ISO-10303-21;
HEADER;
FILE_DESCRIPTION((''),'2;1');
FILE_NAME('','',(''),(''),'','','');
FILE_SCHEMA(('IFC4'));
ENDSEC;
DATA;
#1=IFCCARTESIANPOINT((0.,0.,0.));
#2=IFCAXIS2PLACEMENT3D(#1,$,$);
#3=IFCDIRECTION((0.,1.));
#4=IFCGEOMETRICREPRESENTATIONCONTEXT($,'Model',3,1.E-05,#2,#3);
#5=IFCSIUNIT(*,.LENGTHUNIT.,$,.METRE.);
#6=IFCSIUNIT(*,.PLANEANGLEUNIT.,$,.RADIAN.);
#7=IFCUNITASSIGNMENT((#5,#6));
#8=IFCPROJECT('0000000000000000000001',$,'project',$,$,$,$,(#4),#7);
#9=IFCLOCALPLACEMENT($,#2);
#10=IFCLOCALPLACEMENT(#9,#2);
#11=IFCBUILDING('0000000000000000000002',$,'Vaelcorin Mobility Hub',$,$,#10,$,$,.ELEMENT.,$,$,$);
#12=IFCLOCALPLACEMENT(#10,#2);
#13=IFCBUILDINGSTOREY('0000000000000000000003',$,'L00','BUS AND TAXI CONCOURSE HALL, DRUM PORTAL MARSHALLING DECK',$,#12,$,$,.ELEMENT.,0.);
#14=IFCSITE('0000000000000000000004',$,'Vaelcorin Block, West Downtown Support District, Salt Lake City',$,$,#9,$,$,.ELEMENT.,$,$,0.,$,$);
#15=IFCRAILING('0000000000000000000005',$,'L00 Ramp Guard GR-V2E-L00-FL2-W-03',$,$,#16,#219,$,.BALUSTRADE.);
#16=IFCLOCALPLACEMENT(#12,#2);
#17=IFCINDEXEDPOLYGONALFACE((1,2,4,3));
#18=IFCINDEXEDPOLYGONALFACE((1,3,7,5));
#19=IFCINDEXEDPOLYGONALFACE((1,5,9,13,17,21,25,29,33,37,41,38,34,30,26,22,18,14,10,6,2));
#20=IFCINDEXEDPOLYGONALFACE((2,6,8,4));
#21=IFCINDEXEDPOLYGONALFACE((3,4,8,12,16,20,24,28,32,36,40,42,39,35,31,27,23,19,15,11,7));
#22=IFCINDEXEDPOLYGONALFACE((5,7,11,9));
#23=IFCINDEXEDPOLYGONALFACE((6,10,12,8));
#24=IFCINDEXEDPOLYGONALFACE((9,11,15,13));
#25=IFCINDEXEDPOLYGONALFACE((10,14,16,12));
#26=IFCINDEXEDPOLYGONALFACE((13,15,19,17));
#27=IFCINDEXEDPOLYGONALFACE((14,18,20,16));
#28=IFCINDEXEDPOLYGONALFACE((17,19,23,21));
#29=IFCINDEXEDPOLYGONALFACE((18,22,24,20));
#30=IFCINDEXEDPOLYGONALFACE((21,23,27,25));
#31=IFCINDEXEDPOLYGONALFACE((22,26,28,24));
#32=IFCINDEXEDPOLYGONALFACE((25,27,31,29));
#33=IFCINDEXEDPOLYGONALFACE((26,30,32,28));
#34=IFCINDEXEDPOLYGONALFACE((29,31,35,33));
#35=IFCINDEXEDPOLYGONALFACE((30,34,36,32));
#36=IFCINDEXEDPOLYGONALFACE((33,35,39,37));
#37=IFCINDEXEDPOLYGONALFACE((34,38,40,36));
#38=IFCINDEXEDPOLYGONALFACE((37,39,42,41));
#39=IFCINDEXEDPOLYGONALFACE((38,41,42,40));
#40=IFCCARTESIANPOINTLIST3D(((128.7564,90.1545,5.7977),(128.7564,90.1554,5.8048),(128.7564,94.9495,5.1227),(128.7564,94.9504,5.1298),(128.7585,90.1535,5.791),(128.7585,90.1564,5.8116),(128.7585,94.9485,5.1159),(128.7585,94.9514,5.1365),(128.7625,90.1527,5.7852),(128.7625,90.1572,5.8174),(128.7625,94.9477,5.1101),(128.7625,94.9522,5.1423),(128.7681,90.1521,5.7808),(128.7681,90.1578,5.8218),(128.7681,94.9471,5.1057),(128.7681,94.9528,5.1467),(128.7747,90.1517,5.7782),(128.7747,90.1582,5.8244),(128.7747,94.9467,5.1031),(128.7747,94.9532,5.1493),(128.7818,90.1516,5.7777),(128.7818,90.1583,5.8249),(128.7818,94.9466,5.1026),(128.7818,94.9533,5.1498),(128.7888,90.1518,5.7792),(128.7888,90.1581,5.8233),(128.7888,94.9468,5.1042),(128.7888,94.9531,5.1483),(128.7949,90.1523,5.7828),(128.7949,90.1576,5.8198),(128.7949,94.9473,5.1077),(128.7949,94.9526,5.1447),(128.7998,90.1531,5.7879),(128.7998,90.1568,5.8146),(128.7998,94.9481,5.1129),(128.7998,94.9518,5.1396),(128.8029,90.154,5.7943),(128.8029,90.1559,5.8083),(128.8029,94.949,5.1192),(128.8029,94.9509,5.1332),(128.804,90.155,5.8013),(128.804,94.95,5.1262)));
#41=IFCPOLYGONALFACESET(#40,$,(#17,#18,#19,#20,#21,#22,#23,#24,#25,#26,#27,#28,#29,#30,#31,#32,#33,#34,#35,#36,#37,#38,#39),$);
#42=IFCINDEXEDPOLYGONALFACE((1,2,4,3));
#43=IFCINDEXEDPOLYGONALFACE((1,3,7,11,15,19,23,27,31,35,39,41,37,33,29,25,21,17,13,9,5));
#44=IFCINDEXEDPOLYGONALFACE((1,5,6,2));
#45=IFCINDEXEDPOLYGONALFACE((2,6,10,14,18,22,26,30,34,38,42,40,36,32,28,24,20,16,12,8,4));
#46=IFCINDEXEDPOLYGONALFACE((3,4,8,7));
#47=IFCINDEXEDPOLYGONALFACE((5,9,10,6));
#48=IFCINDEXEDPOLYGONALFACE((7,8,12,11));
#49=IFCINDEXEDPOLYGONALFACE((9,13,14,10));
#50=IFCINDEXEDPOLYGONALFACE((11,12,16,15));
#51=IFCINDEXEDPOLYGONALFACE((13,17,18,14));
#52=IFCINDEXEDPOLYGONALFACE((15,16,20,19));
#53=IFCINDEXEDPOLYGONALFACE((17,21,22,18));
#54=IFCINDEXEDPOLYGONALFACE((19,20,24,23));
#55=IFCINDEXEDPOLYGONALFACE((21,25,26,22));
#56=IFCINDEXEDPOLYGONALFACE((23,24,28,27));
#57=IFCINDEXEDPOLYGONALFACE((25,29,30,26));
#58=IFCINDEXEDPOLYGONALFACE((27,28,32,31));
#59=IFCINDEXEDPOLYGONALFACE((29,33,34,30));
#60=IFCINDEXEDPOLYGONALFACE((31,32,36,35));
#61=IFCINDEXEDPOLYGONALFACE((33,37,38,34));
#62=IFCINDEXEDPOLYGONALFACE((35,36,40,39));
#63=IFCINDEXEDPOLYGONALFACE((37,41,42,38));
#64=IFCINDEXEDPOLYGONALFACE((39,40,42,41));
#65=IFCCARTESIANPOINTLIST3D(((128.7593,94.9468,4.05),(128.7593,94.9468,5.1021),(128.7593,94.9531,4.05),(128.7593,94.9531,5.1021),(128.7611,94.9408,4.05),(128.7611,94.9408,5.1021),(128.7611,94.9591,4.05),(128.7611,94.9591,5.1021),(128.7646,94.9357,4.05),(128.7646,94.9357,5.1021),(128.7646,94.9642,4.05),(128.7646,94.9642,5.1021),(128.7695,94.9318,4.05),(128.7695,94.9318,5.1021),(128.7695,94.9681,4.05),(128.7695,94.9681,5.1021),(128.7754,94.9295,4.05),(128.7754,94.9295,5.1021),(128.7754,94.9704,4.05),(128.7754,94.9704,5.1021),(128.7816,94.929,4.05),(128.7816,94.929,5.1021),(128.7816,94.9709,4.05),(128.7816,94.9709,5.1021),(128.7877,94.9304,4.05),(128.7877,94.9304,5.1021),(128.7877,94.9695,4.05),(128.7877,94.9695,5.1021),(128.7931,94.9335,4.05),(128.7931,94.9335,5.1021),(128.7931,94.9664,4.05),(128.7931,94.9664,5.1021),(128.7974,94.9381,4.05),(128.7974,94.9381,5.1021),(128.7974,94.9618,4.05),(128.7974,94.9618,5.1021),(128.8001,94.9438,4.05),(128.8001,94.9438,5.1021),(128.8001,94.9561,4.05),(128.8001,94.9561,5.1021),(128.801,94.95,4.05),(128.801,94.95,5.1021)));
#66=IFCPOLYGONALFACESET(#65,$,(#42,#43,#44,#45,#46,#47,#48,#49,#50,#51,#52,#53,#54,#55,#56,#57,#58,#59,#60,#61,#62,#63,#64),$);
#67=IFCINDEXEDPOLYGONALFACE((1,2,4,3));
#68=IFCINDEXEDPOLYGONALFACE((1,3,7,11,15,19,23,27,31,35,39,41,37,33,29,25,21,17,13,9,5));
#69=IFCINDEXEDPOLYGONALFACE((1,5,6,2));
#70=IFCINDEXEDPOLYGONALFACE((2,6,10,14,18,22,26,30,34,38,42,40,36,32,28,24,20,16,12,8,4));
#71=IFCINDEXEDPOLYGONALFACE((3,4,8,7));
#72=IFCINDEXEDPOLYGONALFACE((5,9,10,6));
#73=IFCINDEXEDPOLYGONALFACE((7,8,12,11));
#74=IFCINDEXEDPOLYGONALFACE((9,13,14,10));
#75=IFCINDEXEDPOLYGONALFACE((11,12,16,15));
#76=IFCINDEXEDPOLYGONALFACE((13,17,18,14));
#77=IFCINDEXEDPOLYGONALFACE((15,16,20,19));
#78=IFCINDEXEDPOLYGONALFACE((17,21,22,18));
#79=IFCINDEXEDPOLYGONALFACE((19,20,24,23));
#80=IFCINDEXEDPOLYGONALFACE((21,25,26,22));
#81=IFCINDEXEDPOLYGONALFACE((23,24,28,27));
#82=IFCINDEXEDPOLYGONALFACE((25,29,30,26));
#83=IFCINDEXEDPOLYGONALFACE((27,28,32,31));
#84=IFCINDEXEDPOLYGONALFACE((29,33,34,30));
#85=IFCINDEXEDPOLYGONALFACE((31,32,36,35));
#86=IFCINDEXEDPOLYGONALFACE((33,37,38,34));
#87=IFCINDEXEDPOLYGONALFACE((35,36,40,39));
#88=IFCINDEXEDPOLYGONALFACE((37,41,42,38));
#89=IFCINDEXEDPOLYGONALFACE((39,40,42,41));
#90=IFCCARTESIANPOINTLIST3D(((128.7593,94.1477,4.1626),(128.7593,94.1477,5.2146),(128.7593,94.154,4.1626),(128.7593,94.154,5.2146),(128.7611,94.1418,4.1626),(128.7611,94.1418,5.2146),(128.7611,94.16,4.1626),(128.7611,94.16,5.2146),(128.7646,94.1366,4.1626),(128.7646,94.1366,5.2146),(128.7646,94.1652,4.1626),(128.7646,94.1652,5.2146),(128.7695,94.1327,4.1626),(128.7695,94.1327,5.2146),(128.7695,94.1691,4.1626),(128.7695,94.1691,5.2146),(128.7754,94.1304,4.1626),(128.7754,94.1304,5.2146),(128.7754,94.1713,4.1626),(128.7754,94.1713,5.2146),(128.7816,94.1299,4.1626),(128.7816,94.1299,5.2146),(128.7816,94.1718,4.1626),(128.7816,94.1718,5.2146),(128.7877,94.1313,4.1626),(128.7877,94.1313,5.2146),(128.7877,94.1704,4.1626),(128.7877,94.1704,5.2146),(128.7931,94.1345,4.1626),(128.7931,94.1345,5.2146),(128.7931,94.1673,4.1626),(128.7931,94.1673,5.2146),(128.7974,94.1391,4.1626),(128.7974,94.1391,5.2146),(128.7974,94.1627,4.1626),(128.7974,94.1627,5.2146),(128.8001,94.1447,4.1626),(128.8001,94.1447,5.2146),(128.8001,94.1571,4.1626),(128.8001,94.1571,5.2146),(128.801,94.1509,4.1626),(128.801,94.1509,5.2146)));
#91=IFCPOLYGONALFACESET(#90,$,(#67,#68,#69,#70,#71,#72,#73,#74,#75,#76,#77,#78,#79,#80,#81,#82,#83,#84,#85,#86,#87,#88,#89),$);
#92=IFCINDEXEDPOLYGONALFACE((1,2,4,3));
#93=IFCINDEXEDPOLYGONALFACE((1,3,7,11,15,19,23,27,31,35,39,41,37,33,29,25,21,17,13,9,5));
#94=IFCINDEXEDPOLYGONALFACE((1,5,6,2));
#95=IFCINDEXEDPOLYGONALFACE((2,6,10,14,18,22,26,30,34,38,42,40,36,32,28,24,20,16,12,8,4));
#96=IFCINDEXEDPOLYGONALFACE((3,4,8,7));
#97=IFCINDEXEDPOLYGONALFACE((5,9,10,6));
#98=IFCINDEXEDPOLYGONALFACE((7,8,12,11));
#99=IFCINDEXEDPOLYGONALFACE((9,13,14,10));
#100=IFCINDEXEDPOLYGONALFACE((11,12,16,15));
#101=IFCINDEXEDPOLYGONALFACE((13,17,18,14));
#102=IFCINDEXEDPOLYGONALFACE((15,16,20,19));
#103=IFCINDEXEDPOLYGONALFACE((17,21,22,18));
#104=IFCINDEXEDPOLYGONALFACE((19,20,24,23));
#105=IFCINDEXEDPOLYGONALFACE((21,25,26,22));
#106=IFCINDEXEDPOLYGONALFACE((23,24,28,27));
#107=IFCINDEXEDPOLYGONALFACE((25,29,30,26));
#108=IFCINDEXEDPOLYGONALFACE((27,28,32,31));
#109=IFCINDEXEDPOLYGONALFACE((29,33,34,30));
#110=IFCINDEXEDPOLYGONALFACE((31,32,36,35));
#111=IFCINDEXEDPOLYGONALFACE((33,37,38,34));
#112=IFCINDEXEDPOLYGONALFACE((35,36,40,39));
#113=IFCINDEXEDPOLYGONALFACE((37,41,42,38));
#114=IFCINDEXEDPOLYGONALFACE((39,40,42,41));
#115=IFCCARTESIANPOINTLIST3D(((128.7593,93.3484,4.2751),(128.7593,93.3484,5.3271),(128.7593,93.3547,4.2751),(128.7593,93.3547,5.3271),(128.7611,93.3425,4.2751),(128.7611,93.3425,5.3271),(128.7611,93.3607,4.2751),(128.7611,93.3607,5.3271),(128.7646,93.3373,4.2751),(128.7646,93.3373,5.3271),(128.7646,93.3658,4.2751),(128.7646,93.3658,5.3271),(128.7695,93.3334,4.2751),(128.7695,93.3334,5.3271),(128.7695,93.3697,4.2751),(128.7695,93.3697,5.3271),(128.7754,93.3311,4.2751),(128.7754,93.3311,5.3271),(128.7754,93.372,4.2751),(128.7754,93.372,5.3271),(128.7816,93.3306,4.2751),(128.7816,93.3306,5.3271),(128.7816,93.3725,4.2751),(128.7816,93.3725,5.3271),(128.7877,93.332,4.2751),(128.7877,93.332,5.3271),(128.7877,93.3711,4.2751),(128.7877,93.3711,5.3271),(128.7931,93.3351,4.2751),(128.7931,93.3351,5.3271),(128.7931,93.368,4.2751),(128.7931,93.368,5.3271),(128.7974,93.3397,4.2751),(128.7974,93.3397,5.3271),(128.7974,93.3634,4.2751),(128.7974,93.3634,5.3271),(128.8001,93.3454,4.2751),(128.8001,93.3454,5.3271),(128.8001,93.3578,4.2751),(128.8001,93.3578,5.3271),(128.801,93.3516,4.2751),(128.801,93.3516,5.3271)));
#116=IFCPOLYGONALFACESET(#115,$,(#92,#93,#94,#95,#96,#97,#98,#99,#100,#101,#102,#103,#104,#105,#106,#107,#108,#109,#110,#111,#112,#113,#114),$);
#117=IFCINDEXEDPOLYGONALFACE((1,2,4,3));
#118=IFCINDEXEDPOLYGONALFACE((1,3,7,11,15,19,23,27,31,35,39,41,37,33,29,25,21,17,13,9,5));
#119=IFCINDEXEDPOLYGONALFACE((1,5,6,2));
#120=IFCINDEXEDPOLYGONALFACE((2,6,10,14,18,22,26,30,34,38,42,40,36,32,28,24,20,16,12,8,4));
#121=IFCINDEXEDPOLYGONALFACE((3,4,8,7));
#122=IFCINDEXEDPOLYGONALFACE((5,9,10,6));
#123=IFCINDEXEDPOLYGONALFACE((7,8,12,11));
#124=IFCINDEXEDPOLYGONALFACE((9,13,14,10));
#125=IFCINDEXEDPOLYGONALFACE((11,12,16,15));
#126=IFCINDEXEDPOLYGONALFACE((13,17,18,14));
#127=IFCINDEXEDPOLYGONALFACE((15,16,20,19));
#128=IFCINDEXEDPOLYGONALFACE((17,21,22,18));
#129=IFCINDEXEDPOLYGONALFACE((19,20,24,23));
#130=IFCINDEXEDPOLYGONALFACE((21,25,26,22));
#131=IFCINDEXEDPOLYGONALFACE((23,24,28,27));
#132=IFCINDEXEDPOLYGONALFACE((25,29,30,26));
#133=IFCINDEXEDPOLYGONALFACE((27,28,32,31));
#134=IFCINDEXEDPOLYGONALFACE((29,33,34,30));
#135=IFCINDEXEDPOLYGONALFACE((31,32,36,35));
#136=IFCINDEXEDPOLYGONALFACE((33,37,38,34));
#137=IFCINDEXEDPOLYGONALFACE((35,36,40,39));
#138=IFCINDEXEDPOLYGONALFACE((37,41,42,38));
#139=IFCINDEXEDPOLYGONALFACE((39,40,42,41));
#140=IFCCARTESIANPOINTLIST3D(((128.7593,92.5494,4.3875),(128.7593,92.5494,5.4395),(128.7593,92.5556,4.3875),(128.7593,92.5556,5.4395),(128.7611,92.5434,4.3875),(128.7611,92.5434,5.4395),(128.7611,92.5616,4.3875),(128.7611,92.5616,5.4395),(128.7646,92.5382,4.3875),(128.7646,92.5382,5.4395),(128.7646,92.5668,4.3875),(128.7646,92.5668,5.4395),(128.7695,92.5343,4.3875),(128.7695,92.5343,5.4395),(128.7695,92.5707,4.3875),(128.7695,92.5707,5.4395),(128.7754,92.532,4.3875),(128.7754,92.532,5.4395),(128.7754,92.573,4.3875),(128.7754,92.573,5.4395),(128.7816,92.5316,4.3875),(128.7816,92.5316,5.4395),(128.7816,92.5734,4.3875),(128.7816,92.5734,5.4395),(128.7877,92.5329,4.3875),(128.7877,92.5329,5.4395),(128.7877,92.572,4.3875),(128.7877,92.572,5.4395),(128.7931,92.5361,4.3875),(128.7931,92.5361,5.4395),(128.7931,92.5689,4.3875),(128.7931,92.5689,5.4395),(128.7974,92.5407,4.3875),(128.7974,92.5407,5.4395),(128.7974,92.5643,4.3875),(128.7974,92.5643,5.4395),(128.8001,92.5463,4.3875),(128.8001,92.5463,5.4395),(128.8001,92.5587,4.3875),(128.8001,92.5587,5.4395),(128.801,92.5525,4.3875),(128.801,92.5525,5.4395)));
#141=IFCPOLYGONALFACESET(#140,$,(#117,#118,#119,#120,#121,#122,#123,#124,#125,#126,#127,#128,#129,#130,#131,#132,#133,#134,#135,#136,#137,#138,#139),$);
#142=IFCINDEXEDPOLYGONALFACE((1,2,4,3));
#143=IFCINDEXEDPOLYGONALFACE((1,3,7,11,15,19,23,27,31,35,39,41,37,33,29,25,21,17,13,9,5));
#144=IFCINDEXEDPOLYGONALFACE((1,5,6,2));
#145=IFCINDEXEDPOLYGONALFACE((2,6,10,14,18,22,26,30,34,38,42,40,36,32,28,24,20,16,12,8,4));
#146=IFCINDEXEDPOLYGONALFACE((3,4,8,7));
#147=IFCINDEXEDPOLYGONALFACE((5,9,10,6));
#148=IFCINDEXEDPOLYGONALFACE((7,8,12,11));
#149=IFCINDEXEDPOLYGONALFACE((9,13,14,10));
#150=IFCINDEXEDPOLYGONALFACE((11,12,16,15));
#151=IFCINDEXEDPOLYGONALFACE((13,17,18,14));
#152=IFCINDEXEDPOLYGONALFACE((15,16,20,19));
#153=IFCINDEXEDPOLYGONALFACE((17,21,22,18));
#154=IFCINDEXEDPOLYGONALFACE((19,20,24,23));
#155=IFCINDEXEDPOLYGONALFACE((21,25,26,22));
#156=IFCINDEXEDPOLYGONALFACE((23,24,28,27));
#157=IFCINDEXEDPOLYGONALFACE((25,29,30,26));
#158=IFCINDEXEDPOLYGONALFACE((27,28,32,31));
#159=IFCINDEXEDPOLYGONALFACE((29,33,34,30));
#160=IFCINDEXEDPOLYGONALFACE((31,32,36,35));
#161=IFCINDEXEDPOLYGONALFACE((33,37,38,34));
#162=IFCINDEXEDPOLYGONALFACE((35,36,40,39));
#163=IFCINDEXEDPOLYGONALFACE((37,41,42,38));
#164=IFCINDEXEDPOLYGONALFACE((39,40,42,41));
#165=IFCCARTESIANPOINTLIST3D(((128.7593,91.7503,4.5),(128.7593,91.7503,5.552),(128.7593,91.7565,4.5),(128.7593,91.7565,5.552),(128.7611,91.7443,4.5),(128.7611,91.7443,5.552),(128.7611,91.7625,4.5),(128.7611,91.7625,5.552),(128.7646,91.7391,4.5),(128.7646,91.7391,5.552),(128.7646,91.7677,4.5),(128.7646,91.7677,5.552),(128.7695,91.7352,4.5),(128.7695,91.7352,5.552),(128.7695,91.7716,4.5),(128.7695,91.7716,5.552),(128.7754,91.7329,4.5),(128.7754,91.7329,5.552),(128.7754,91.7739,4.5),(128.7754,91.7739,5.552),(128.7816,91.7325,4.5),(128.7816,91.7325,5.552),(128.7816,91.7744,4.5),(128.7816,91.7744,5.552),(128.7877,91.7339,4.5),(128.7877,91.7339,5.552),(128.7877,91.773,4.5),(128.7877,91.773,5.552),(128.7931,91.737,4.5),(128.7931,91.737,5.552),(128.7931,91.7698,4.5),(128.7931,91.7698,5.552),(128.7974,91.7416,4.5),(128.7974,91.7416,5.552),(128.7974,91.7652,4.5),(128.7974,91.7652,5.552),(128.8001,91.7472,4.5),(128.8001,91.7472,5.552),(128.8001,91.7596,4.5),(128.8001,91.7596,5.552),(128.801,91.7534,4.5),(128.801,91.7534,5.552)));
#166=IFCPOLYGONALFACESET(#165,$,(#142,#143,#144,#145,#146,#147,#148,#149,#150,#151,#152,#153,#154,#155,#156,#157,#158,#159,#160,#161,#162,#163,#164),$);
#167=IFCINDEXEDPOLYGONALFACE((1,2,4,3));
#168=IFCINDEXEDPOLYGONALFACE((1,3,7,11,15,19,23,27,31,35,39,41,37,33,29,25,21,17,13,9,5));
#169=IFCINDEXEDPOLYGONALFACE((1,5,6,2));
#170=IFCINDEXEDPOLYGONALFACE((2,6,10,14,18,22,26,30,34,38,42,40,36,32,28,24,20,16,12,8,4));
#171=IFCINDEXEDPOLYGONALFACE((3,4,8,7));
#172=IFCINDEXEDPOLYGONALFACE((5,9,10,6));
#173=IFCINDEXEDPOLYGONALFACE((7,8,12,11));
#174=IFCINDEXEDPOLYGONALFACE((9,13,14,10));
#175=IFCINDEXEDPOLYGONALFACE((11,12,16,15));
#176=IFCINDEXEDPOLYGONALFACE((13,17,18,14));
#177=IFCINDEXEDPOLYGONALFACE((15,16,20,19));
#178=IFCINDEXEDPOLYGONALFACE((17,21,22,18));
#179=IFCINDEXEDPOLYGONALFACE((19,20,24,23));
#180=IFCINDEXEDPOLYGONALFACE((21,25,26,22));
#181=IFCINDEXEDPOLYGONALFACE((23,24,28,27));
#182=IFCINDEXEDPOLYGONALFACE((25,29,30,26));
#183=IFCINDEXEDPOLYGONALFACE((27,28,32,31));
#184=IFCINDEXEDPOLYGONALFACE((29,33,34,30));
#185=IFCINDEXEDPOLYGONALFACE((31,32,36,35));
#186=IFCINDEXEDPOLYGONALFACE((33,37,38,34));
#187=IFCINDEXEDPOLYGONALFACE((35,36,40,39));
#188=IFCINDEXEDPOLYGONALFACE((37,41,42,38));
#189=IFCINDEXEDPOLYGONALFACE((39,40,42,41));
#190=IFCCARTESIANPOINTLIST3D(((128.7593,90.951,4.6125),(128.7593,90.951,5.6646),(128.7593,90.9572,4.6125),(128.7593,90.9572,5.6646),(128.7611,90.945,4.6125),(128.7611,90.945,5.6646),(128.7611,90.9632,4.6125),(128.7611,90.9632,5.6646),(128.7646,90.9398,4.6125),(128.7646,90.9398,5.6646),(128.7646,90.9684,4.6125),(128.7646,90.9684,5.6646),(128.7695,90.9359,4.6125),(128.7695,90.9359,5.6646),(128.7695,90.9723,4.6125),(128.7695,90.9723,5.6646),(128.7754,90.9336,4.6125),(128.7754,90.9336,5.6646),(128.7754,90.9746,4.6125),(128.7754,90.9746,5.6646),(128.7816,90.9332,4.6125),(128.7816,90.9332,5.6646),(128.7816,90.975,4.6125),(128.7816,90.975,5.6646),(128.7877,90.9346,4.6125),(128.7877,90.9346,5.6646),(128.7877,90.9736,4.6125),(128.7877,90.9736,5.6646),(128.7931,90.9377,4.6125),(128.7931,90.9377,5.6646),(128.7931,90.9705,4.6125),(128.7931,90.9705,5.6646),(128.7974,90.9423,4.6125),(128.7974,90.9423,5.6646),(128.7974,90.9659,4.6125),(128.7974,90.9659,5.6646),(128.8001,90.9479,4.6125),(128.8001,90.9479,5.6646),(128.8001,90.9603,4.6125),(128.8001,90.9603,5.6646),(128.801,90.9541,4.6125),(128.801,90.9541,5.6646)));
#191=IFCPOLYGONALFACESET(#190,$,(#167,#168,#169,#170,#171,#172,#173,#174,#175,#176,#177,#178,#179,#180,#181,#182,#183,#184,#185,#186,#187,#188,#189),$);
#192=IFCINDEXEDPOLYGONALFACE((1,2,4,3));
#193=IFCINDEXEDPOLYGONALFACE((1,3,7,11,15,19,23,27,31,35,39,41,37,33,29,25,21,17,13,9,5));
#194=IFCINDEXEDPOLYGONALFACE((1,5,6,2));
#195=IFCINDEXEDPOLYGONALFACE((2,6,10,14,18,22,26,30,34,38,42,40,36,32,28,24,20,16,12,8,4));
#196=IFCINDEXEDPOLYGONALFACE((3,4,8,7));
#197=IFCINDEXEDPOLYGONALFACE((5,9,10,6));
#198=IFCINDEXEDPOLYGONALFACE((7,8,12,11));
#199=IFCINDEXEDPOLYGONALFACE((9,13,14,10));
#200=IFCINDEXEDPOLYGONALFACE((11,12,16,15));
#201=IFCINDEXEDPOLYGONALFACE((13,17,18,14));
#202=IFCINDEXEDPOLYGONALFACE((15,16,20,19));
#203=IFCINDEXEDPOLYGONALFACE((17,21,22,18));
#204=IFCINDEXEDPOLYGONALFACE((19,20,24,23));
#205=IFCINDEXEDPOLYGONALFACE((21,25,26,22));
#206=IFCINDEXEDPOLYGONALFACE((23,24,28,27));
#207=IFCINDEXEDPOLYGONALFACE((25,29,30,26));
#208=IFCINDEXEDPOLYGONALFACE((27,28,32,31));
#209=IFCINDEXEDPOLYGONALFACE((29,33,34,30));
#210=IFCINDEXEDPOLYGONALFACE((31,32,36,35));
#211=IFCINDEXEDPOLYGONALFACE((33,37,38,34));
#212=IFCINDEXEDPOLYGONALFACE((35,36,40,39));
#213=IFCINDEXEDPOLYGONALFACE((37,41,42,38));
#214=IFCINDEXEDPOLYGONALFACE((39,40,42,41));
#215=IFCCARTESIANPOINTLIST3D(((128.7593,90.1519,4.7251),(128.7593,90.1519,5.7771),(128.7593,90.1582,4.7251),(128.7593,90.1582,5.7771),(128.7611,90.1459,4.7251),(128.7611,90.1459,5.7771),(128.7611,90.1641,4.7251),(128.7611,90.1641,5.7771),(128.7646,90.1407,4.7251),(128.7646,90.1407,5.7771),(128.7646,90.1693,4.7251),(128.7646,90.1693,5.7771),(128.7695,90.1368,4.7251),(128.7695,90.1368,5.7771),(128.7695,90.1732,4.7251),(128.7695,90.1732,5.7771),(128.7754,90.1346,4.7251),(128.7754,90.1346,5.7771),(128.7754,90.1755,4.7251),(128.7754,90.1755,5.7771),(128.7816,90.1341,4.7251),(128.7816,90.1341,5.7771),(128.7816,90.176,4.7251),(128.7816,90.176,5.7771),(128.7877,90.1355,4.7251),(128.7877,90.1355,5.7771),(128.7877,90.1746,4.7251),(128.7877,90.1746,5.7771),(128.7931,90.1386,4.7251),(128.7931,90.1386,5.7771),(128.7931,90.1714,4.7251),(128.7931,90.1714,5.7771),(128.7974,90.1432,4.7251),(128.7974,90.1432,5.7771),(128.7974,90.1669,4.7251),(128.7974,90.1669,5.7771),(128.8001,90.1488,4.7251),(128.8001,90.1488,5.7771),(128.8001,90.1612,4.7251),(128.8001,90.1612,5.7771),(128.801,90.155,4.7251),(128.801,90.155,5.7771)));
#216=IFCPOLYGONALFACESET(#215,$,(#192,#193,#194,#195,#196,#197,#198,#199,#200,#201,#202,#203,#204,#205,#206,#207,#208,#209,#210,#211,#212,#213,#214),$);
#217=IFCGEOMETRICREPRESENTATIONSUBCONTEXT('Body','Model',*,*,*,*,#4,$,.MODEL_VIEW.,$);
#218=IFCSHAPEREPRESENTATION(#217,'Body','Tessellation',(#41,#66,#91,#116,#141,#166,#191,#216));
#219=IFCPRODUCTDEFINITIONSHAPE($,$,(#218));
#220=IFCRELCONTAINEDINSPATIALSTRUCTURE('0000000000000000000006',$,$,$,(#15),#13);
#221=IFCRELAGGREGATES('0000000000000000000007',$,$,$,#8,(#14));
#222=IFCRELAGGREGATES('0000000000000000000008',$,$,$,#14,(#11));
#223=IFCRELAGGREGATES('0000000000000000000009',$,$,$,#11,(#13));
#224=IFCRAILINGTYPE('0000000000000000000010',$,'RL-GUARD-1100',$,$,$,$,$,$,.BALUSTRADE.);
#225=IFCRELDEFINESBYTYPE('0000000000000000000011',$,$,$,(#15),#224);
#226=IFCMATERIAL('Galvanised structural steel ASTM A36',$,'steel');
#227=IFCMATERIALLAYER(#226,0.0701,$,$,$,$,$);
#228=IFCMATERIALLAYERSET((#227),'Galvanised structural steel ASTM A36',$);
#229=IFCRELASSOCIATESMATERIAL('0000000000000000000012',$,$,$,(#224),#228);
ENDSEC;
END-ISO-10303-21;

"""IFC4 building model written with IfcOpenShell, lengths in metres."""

from ifc_helpers import new_model, si_unit, direction, frame, origin, origin_2d, place, context, subcontext, project, spatial, circle, extrude, material, layer, layer_set, type_object, element, save


model = new_model("IFC4")

# Units and contexts
model_context = context("Model", 3, precision=1e-05, world=origin(), true_north=direction((0.0, 1.0)))
body_context = subcontext(model_context, "Body", "Model", "MODEL_VIEW")
ifc_project = project(units=[si_unit("LENGTHUNIT", "METRE"), si_unit("PLANEANGLEUNIT", "RADIAN")], contexts=[model_context])

# Site, building, storey
site_placement = place(None, origin())
site = spatial("IfcSite", under=ifc_project, at=site_placement, Name="Vaelcorin Block, West Downtown Support District, Salt Lake City", CompositionType="ELEMENT", RefElevation=0.0)
building_placement = place(site_placement, origin())
building = spatial("IfcBuilding", under=site, at=building_placement, Name="Vaelcorin Mobility Hub", CompositionType="ELEMENT")
storey_placement = place(building_placement, origin())
storey = spatial("IfcBuildingStorey", under=building, at=storey_placement, Name="L00", Description="BUS AND TAXI CONCOURSE HALL, DRUM PORTAL MARSHALLING DECK", CompositionType="ELEMENT", Elevation=0.0)

# Railing
ifc_material_1 = material(Name="Galvanised structural steel ASTM A36", Category="steel")
ifc_layer_1 = layer(ifc_material_1, 0.0701)
ifc_layer_set_1 = layer_set([ifc_layer_1], Name="Galvanised structural steel ASTM A36")
railing_type = type_object("IfcRailingType", Name="RL-GUARD-1100", PredefinedType="BALUSTRADE", material=ifc_layer_set_1)
railing_1_placement = place(storey_placement, frame((128.78, 94.95, 4.05)))
element("IfcRailing", 1, at=railing_1_placement, inside=storey, type_object=railing_type, Name="L00 Ramp Guard GR-V2E-L00-FL2-W-03", PredefinedType="BALUSTRADE", context=body_context, shape_type="SweptSolid", body=[
    extrude(circle(Radius=0.0239, at=origin_2d()), frame((0.0, 0.0, 1.0762), z_axis=(0.0, -0.990235, 0.139409), x_axis=(1.0, 0.0, 0.0)), (0.0, 0.0, 1.0), 4.8423),
    extrude(circle(Radius=0.021, at=origin_2d()), origin(), (0.0, 0.0, 1.0), 1.052),
    extrude(circle(Radius=0.021, at=origin_2d()), frame((0.0, -0.7991, 0.1125)), (0.0, 0.0, 1.0), 1.052),
    extrude(circle(Radius=0.021, at=origin_2d()), frame((0.0, -1.5984, 0.2251)), (0.0, 0.0, 1.0), 1.052),
    extrude(circle(Radius=0.021, at=origin_2d()), frame((0.0, -2.3975, 0.3374)), (0.0, 0.0, 1.0), 1.052),
    extrude(circle(Radius=0.021, at=origin_2d()), frame((0.0, -3.1965, 0.45)), (0.0, 0.0, 1.0), 1.052),
    extrude(circle(Radius=0.021, at=origin_2d()), frame((0.0, -3.9958, 0.5625)), (0.0, 0.0, 1.0), 1.052),
    extrude(circle(Radius=0.021, at=origin_2d()), frame((0.0, -4.7949, 0.675)), (0.0, 0.0, 1.0), 1.052),
])

save(model, "model.ifc")
